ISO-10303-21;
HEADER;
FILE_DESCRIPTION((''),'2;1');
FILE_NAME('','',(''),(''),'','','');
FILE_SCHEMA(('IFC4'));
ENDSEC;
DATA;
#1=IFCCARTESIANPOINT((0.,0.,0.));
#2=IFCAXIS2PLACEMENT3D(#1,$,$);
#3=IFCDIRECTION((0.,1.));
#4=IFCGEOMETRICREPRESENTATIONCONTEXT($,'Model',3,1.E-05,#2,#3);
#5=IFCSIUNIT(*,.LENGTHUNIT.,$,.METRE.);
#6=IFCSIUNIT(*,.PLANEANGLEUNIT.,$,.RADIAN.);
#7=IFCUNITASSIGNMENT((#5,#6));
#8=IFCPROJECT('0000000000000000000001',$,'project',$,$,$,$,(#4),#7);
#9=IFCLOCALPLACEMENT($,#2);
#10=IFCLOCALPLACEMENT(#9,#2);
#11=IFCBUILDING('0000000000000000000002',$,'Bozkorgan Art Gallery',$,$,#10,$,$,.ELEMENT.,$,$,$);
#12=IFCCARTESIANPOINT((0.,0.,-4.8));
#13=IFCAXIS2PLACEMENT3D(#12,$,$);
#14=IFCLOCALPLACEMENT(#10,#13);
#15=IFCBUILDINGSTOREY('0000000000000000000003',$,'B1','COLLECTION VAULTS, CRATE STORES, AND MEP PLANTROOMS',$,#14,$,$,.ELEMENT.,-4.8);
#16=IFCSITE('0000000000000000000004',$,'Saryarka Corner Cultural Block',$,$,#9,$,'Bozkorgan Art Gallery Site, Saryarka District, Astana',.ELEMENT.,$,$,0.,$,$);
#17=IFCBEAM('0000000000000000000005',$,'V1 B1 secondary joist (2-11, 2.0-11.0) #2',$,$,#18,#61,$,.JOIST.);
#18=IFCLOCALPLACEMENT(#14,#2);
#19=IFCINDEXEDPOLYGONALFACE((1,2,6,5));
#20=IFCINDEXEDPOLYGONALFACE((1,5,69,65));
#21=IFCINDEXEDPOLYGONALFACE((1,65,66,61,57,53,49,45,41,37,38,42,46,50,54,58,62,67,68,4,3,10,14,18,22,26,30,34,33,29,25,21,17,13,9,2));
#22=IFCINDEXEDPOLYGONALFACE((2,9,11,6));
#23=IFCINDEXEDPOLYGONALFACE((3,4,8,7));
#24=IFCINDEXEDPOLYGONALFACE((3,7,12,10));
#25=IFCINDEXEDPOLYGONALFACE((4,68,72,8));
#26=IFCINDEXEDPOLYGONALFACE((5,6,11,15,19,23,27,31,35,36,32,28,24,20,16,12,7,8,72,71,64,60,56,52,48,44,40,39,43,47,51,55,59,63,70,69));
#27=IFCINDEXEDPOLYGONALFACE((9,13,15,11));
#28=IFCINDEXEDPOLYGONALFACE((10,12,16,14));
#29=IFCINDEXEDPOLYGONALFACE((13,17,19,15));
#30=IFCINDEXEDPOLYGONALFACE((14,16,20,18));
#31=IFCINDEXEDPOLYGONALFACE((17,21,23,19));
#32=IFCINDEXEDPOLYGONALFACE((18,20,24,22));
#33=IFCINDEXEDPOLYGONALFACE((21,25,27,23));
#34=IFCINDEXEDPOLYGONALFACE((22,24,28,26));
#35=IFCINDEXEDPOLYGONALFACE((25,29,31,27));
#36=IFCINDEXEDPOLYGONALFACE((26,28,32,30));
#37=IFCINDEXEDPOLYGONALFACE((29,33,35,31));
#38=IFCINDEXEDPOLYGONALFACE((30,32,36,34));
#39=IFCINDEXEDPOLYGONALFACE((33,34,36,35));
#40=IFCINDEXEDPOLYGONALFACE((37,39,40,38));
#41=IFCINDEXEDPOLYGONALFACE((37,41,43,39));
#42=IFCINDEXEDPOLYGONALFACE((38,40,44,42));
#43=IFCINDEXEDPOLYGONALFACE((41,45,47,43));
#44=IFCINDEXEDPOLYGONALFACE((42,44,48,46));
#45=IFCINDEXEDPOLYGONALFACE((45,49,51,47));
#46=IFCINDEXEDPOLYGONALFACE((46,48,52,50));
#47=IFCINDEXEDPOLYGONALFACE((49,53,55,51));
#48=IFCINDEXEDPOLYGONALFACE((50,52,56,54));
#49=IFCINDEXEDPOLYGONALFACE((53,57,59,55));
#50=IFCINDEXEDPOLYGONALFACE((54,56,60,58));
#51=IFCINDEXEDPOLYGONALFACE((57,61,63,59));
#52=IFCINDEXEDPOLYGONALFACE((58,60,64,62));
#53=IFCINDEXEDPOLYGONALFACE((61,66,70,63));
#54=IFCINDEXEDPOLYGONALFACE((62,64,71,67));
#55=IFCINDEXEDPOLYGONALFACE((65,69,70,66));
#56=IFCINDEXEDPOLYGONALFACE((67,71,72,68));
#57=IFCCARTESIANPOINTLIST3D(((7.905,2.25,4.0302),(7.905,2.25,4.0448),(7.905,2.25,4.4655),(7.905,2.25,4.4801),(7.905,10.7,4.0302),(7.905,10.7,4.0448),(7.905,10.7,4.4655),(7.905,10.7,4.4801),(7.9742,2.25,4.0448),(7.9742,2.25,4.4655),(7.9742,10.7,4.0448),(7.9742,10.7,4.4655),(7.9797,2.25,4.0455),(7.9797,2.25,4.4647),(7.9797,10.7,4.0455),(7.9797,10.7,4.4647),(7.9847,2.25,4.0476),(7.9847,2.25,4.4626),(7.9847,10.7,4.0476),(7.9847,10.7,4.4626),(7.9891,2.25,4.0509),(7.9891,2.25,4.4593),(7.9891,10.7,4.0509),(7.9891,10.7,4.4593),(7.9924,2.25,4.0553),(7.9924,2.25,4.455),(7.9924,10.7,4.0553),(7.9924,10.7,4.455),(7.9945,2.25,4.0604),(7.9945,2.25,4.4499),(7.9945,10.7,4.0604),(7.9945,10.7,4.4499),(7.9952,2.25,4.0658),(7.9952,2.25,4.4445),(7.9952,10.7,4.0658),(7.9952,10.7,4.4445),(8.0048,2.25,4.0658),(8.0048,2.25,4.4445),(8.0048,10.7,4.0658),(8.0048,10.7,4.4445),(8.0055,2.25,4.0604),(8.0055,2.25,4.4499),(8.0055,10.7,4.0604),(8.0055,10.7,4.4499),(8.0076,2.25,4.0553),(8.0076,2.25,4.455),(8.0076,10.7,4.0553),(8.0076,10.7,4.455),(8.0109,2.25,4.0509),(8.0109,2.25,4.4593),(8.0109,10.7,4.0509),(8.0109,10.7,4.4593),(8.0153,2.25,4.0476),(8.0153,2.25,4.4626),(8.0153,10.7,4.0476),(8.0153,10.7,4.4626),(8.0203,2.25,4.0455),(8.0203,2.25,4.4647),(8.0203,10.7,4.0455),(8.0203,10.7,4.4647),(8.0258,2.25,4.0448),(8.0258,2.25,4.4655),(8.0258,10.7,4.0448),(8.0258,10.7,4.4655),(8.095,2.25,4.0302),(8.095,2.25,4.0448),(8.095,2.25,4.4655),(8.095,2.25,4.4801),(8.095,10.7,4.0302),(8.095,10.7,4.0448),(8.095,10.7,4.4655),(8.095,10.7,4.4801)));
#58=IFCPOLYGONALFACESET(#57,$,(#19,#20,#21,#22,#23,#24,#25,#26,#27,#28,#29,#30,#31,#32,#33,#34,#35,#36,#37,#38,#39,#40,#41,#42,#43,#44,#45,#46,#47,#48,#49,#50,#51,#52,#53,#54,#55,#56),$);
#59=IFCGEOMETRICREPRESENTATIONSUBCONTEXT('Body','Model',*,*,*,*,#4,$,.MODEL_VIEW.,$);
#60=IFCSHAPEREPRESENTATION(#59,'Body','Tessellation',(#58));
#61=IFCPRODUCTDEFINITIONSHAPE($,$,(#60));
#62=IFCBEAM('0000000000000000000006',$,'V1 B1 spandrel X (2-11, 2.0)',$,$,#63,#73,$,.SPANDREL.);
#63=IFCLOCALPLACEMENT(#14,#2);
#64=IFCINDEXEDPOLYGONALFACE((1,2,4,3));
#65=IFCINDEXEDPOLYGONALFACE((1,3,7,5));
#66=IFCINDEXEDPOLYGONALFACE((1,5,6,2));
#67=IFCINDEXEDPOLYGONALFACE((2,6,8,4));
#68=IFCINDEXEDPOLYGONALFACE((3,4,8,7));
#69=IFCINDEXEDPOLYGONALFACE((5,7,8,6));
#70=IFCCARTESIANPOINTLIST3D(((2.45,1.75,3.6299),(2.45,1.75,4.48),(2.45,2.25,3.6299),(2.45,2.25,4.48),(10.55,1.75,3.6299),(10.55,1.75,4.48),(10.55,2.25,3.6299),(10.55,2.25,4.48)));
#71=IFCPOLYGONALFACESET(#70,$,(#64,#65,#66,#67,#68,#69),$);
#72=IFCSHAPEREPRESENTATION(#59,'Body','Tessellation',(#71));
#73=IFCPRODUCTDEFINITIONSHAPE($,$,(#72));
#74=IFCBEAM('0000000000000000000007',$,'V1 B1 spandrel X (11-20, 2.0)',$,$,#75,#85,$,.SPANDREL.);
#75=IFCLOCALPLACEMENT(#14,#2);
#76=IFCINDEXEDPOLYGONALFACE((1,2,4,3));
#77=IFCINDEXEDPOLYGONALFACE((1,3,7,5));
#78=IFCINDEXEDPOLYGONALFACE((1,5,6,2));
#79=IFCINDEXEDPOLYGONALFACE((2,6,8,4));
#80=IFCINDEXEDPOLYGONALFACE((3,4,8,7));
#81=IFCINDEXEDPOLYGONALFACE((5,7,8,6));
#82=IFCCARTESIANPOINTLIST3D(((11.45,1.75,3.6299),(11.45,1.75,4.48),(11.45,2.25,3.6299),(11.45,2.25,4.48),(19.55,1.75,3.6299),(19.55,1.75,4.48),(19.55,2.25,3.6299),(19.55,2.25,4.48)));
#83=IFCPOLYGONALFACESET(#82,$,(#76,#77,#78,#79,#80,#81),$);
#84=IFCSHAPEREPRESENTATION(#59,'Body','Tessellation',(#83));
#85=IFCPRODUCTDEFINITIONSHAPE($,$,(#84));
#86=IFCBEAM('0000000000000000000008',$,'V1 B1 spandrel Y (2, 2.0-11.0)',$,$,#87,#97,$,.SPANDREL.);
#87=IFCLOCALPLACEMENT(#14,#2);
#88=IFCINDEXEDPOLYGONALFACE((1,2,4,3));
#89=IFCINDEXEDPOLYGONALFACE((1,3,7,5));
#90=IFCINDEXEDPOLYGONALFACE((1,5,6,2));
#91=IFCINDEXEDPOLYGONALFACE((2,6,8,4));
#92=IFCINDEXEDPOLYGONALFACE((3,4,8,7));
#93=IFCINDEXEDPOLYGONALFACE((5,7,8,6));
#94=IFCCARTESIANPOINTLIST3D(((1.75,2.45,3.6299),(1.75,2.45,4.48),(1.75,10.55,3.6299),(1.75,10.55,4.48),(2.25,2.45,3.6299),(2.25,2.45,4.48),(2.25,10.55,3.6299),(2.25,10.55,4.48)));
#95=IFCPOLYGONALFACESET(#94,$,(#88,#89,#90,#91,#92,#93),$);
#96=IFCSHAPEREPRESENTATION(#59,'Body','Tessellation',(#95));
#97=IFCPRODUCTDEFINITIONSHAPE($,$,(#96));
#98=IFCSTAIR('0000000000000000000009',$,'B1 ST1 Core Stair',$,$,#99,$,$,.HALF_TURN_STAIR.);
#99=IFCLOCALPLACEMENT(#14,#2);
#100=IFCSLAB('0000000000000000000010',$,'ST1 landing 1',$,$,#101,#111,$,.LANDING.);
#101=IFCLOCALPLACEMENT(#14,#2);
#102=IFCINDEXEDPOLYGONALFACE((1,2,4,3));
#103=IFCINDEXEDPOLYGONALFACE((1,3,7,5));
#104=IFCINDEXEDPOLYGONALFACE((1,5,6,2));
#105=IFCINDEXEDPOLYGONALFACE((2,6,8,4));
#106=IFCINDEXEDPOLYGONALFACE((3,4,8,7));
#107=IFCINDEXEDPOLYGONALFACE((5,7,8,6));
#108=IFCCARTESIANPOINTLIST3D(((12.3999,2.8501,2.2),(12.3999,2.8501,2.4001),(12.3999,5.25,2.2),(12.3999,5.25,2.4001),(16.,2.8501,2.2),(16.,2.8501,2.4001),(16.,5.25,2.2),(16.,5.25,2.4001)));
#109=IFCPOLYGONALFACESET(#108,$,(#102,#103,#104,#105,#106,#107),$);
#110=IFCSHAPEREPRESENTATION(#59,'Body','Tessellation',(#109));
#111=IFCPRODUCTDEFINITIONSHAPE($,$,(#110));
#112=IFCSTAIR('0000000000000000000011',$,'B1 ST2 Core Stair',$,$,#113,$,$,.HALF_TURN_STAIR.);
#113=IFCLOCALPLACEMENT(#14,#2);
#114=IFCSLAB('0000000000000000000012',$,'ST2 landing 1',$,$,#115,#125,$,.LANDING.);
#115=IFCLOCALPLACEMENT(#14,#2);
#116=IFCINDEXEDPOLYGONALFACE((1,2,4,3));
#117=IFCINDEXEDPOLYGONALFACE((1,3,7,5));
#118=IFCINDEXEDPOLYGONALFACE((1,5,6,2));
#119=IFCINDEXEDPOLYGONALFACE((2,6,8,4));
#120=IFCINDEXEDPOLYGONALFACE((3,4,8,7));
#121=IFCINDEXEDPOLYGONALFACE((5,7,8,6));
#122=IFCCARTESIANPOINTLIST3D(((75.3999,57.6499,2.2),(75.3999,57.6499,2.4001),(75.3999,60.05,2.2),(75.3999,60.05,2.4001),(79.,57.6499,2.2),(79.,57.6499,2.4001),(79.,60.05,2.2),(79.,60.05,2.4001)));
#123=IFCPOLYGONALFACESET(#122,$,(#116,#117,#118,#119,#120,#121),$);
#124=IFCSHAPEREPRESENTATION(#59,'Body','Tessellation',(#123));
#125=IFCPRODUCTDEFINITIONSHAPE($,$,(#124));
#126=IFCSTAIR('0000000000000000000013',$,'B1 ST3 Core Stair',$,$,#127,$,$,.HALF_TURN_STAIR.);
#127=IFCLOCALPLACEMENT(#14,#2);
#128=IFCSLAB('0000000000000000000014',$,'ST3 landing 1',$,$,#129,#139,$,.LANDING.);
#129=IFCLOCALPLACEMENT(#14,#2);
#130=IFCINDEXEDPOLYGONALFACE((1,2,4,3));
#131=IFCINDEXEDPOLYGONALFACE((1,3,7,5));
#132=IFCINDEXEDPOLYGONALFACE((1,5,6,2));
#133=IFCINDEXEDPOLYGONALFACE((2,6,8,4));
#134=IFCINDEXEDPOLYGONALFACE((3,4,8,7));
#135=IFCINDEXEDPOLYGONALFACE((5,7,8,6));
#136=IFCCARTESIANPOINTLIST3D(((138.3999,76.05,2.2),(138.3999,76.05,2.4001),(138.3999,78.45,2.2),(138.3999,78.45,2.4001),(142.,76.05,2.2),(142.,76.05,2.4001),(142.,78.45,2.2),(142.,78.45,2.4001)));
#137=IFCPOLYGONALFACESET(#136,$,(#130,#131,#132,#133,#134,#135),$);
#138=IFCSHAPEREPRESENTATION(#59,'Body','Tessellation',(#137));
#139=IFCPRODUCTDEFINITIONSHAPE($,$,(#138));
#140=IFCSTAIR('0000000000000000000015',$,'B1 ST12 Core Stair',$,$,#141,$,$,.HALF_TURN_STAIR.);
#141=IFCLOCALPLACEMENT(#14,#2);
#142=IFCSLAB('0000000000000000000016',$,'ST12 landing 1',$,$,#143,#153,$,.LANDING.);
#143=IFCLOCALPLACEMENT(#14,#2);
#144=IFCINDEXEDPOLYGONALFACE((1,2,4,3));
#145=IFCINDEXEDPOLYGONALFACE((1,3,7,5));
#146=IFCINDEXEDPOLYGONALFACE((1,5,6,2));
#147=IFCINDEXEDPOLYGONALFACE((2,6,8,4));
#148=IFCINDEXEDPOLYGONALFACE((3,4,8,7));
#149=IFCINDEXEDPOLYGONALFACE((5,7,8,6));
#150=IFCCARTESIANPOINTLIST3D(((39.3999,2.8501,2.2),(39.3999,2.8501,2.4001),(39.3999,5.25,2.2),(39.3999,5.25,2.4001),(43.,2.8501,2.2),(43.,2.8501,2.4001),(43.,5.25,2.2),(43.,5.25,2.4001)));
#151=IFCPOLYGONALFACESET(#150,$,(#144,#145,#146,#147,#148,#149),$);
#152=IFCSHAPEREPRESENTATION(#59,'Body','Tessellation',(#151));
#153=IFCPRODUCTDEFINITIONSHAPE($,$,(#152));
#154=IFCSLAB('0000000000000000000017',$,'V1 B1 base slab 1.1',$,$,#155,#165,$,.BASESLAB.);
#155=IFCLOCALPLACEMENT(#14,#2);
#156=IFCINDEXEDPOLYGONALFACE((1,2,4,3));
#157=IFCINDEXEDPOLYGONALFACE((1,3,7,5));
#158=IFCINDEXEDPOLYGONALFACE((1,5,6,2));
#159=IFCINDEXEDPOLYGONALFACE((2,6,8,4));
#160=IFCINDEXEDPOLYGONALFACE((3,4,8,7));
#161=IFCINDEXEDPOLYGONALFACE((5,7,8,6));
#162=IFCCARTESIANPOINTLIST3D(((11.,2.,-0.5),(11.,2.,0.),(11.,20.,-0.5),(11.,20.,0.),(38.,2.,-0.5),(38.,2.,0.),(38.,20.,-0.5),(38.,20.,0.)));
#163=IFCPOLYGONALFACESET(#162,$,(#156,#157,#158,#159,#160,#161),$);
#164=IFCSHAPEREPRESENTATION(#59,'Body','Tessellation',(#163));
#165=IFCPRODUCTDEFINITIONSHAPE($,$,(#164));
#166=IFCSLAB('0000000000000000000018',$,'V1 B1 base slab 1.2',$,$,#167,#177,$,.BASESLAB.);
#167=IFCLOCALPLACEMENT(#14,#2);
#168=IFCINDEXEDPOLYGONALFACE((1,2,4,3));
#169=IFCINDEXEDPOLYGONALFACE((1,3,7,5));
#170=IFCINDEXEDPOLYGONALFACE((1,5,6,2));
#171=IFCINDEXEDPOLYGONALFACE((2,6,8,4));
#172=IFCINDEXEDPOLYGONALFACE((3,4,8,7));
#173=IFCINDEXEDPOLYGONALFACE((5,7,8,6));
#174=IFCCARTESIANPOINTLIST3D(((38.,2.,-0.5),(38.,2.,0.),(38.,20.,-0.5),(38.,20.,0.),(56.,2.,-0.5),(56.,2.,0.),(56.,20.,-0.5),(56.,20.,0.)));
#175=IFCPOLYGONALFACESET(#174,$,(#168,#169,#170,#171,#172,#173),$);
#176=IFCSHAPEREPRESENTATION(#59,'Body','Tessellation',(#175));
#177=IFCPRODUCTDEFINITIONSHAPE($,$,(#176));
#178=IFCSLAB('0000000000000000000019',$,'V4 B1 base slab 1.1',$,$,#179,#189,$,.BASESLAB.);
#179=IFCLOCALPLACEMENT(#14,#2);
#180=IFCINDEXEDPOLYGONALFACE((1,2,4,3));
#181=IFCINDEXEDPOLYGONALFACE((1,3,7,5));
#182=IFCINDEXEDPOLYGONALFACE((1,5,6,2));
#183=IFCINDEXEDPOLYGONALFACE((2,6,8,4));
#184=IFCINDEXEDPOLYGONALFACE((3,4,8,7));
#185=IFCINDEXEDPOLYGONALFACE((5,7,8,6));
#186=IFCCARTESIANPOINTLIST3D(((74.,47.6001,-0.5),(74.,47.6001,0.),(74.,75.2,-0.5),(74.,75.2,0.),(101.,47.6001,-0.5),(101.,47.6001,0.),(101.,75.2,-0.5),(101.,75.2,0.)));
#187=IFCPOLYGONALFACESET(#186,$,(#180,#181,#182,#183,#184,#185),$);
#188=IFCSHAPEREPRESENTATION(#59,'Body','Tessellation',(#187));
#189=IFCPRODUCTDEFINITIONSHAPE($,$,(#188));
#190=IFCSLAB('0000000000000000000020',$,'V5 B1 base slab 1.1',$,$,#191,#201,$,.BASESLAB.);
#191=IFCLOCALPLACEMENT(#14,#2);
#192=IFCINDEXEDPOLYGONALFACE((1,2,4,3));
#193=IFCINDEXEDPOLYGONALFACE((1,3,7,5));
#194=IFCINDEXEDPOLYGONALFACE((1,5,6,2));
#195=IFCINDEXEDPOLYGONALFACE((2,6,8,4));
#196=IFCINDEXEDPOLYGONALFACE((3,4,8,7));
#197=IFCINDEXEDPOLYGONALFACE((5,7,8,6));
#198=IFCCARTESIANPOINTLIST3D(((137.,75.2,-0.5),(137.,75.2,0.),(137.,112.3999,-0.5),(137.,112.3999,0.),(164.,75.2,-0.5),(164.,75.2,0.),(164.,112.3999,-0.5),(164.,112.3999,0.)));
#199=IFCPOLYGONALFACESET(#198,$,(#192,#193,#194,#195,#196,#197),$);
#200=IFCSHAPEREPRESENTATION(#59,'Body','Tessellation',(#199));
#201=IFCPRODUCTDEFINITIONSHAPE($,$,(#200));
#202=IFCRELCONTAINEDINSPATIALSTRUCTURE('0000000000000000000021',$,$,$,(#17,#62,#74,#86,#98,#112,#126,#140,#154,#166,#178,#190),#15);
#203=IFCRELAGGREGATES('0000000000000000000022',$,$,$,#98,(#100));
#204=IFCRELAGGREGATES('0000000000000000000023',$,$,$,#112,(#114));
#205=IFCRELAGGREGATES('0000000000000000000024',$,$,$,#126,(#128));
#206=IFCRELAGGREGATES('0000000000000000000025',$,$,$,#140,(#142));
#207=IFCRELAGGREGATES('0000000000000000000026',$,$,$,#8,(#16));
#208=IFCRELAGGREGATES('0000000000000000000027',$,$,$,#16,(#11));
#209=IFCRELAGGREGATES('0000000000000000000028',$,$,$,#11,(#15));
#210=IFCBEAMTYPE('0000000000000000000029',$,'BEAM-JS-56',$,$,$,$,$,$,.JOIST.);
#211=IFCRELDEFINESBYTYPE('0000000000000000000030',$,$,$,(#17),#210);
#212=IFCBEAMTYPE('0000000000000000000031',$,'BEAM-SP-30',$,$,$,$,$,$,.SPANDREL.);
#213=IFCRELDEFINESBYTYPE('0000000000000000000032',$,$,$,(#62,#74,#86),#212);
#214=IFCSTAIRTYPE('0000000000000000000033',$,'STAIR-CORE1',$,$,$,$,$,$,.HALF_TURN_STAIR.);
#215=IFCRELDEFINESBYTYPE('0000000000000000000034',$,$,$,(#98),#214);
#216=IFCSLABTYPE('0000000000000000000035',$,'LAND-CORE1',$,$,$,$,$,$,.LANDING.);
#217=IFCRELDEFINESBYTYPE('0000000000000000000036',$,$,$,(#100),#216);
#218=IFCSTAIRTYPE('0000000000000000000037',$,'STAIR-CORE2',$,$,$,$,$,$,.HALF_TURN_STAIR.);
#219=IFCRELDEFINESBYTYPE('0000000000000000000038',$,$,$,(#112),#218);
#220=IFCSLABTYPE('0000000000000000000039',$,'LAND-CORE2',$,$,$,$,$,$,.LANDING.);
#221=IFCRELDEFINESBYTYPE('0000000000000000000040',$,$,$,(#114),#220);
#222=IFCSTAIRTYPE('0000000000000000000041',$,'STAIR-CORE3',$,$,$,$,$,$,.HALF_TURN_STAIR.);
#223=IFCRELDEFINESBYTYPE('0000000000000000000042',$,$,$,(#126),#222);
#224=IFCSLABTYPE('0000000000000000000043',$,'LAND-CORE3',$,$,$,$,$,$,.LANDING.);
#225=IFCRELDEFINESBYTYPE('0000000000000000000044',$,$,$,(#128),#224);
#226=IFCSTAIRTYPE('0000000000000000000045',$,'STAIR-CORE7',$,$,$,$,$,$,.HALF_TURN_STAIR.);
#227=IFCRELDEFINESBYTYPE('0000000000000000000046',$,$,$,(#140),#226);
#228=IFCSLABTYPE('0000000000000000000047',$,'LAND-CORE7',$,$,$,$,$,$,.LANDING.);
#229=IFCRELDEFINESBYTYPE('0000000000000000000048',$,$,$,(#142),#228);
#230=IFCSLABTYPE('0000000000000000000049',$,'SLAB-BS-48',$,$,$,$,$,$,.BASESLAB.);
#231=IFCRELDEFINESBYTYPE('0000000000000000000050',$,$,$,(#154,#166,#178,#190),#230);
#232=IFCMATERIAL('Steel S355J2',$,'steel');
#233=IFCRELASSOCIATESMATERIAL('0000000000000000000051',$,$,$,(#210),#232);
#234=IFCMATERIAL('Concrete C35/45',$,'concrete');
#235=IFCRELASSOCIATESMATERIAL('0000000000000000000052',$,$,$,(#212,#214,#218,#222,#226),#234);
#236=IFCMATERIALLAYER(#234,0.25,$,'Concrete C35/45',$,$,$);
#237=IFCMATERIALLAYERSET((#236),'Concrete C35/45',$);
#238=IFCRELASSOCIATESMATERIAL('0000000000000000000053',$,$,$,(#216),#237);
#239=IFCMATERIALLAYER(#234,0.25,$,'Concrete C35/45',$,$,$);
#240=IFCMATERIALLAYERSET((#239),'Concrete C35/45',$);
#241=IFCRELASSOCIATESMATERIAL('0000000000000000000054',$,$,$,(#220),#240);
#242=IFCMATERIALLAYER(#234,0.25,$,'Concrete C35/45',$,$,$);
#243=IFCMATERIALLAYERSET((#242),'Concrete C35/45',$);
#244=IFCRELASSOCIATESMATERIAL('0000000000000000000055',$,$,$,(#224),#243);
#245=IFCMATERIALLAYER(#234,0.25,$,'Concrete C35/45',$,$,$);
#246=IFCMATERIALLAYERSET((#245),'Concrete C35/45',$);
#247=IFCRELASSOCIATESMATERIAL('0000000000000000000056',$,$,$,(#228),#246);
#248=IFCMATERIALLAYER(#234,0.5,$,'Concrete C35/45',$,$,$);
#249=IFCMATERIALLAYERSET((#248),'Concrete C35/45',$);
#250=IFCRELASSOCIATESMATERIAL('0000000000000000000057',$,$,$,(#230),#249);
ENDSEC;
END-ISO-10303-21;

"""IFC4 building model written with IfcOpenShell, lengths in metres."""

from ifc_helpers import new_model, si_unit, direction, frame, origin, origin_2d, place, context, subcontext, project, spatial, polyline, rectangle, i_section, outline, extrude, material, layer, layer_set, material_profile, profile_set, type_object, element, aggregate, save


model = new_model("IFC4")

# Units and contexts
model_context = context("Model", 3, precision=1e-05, world=origin(), true_north=direction((0.0, 1.0)))
body_context = subcontext(model_context, "Body", "Model", "MODEL_VIEW")
ifc_project = project(units=[si_unit("LENGTHUNIT", "METRE"), si_unit("PLANEANGLEUNIT", "RADIAN")], contexts=[model_context])

# Site, building, storey
site_placement = place(None, origin())
site = spatial("IfcSite", under=ifc_project, at=site_placement, Name="Saryarka Corner Cultural Block", LongName="Bozkorgan Art Gallery Site, Saryarka District, Astana", CompositionType="ELEMENT", RefElevation=0.0)
building_placement = place(site_placement, origin())
building = spatial("IfcBuilding", under=site, at=building_placement, Name="Bozkorgan Art Gallery", CompositionType="ELEMENT")
storey_placement = place(building_placement, frame((0.0, 0.0, -4.8)))
storey = spatial("IfcBuildingStorey", under=building, at=storey_placement, Name="B1", Description="COLLECTION VAULTS, CRATE STORES, AND MEP PLANTROOMS", CompositionType="ELEMENT", Elevation=-4.8)

# Beams
ifc_material_1 = material(Name="Concrete C35/45", Category="concrete")
ifc_material_2 = material(Name="Steel S355J2", Category="steel")
ifc_material_profile_1 = material_profile(ifc_material_2, i_section(OverallWidth=0.1899, OverallDepth=0.45, WebThickness=0.0095, FlangeThickness=0.0146, FilletRadius=0.021, at=origin_2d()), Name="IPE 450")
ifc_profile_set_1 = profile_set([ifc_material_profile_1], Name="Steel S355J2")
beam_type_1 = type_object("IfcBeamType", Name="BEAM-JS-56", PredefinedType="JOIST", material=ifc_profile_set_1)
for number, where, z_axis, x_axis, name in (
    (1, (8.0, 2.25, 4.2551), (0.0, 1.0, 0.0), (-1.0, 0.0, 0.0), "V1 B1 secondary joist (2-11, 2.0-11.0) #2"),
):
    element("IfcBeam", number, at=place(storey_placement, frame(where, z_axis=z_axis, x_axis=x_axis)), inside=storey, type_object=beam_type_1, Name=name, PredefinedType="JOIST", context=body_context, shape_type="SweptSolid", body=[
        extrude(i_section(OverallWidth=0.1899, OverallDepth=0.45, WebThickness=0.0095, FlangeThickness=0.0146, FilletRadius=0.021, at=origin_2d()), origin(), (0.0, 0.0, 1.0), 8.45),
    ])
ifc_material_profile_2 = material_profile(ifc_material_1, rectangle(XDim=0.5, YDim=0.8501, at=origin_2d()), Name="RC 500x850")
ifc_profile_set_2 = profile_set([ifc_material_profile_2], Name="Concrete C35/45")
beam_type_2 = type_object("IfcBeamType", Name="BEAM-SP-30", PredefinedType="SPANDREL", material=ifc_profile_set_2)
for number, where, z_axis, x_axis, name in (
    (2, (2.45, 2.0, 4.0549), (1.0, 0.0, 0.0), (0.0, 1.0, 0.0), "V1 B1 spandrel X (2-11, 2.0)"),
    (3, (11.45, 2.0, 4.0549), (1.0, 0.0, 0.0), (0.0, 1.0, 0.0), "V1 B1 spandrel X (11-20, 2.0)"),
    (4, (2.0, 2.45, 4.0549), (0.0, 1.0, 0.0), (-1.0, 0.0, 0.0), "V1 B1 spandrel Y (2, 2.0-11.0)"),
):
    element("IfcBeam", number, at=place(storey_placement, frame(where, z_axis=z_axis, x_axis=x_axis)), inside=storey, type_object=beam_type_2, Name=name, PredefinedType="SPANDREL", context=body_context, shape_type="SweptSolid", body=[
        extrude(rectangle(XDim=0.5, YDim=0.8501, at=origin_2d()), origin(), (0.0, 0.0, 1.0), 8.1001),
    ])

# Stairs, slabs
stair_type_1 = type_object("IfcStairType", Name="STAIR-CORE1", PredefinedType="HALF_TURN_STAIR", material=ifc_material_1)
stair_1_placement = place(storey_placement, origin())
stair_1 = element("IfcStair", 5, at=stair_1_placement, inside=storey, type_object=stair_type_1, Name="B1 ST1 Core Stair", PredefinedType="HALF_TURN_STAIR")
ifc_layer_1 = layer(ifc_material_1, 0.25, Name="Concrete C35/45")
ifc_layer_set_1 = layer_set([ifc_layer_1], Name="Concrete C35/45")
slab_type_1 = type_object("IfcSlabType", Name="LAND-CORE1", PredefinedType="LANDING", material=ifc_layer_set_1)
slab_1_placement = place(storey_placement, frame((0.0, 0.0, 2.2)))
slab_1 = element("IfcSlab", 6, at=slab_1_placement, type_object=slab_type_1, Name="ST1 landing 1", PredefinedType="LANDING", context=body_context, shape_type="SweptSolid", body=[
    extrude(outline(polyline([(12.3999, 5.25), (12.3999, 2.8501), (16.0, 2.8501), (16.0, 5.25), (12.3999, 5.25)])), origin(), (0.0, 0.0, 1.0), 0.2002),
])
aggregate(stair_1, [slab_1])
stair_type_2 = type_object("IfcStairType", Name="STAIR-CORE2", PredefinedType="HALF_TURN_STAIR", material=ifc_material_1)
stair_2_placement = place(storey_placement, origin())
stair_2 = element("IfcStair", 7, at=stair_2_placement, inside=storey, type_object=stair_type_2, Name="B1 ST2 Core Stair", PredefinedType="HALF_TURN_STAIR")
ifc_layer_2 = layer(ifc_material_1, 0.25, Name="Concrete C35/45")
ifc_layer_set_2 = layer_set([ifc_layer_2], Name="Concrete C35/45")
slab_type_2 = type_object("IfcSlabType", Name="LAND-CORE2", PredefinedType="LANDING", material=ifc_layer_set_2)
slab_2_placement = place(storey_placement, frame((0.0, 0.0, 2.2)))
slab_2 = element("IfcSlab", 8, at=slab_2_placement, type_object=slab_type_2, Name="ST2 landing 1", PredefinedType="LANDING", context=body_context, shape_type="SweptSolid", body=[
    extrude(outline(polyline([(75.3999, 60.05), (75.3999, 57.6499), (79.0, 57.6499), (79.0, 60.05), (75.3999, 60.05)])), origin(), (0.0, 0.0, 1.0), 0.2002),
])
aggregate(stair_2, [slab_2])
stair_type_3 = type_object("IfcStairType", Name="STAIR-CORE3", PredefinedType="HALF_TURN_STAIR", material=ifc_material_1)
stair_3_placement = place(storey_placement, origin())
stair_3 = element("IfcStair", 9, at=stair_3_placement, inside=storey, type_object=stair_type_3, Name="B1 ST3 Core Stair", PredefinedType="HALF_TURN_STAIR")
ifc_layer_3 = layer(ifc_material_1, 0.25, Name="Concrete C35/45")
ifc_layer_set_3 = layer_set([ifc_layer_3], Name="Concrete C35/45")
slab_type_3 = type_object("IfcSlabType", Name="LAND-CORE3", PredefinedType="LANDING", material=ifc_layer_set_3)
slab_3_placement = place(storey_placement, frame((0.0, 0.0, 2.2)))
slab_3 = element("IfcSlab", 10, at=slab_3_placement, type_object=slab_type_3, Name="ST3 landing 1", PredefinedType="LANDING", context=body_context, shape_type="SweptSolid", body=[
    extrude(outline(polyline([(138.3999, 78.45), (138.3999, 76.05), (142.0, 76.05), (142.0, 78.45), (138.3999, 78.45)])), origin(), (0.0, 0.0, 1.0), 0.2002),
])
aggregate(stair_3, [slab_3])
stair_type_4 = type_object("IfcStairType", Name="STAIR-CORE7", PredefinedType="HALF_TURN_STAIR", material=ifc_material_1)
stair_4_placement = place(storey_placement, origin())
stair_4 = element("IfcStair", 11, at=stair_4_placement, inside=storey, type_object=stair_type_4, Name="B1 ST12 Core Stair", PredefinedType="HALF_TURN_STAIR")
ifc_layer_4 = layer(ifc_material_1, 0.25, Name="Concrete C35/45")
ifc_layer_set_4 = layer_set([ifc_layer_4], Name="Concrete C35/45")
slab_type_4 = type_object("IfcSlabType", Name="LAND-CORE7", PredefinedType="LANDING", material=ifc_layer_set_4)
slab_4_placement = place(storey_placement, frame((0.0, 0.0, 2.2)))
slab_4 = element("IfcSlab", 12, at=slab_4_placement, type_object=slab_type_4, Name="ST12 landing 1", PredefinedType="LANDING", context=body_context, shape_type="SweptSolid", body=[
    extrude(outline(polyline([(39.3999, 5.25), (39.3999, 2.8501), (43.0, 2.8501), (43.0, 5.25), (39.3999, 5.25)])), origin(), (0.0, 0.0, 1.0), 0.2002),
])
aggregate(stair_4, [slab_4])

# Slabs
ifc_layer_5 = layer(ifc_material_1, 0.5, Name="Concrete C35/45")
ifc_layer_set_5 = layer_set([ifc_layer_5], Name="Concrete C35/45")
slab_type_5 = type_object("IfcSlabType", Name="SLAB-BS-48", PredefinedType="BASESLAB", material=ifc_layer_set_5)
slab_5_placement = place(storey_placement, frame((0.0, 0.0, -0.5)))
element("IfcSlab", 13, at=slab_5_placement, inside=storey, type_object=slab_type_5, Name="V1 B1 base slab 1.1", PredefinedType="BASESLAB", context=body_context, shape_type="SweptSolid", body=[
    extrude(outline(polyline([(11.0, 2.0), (38.0, 2.0), (38.0, 20.0), (11.0, 20.0), (11.0, 2.0)])), origin(), (0.0, 0.0, 1.0), 0.5),
])
slab_6_placement = place(storey_placement, frame((0.0, 0.0, -0.5)))
element("IfcSlab", 14, at=slab_6_placement, inside=storey, type_object=slab_type_5, Name="V1 B1 base slab 1.2", PredefinedType="BASESLAB", context=body_context, shape_type="SweptSolid", body=[
    extrude(outline(polyline([(38.0, 2.0), (56.0, 2.0), (56.0, 20.0), (38.0, 20.0), (38.0, 2.0)])), origin(), (0.0, 0.0, 1.0), 0.5),
])
slab_7_placement = place(storey_placement, frame((0.0, 0.0, -0.5)))
element("IfcSlab", 15, at=slab_7_placement, inside=storey, type_object=slab_type_5, Name="V4 B1 base slab 1.1", PredefinedType="BASESLAB", context=body_context, shape_type="SweptSolid", body=[
    extrude(outline(polyline([(74.0, 47.6001), (101.0, 47.6001), (101.0, 75.2), (74.0, 75.2), (74.0, 47.6001)])), origin(), (0.0, 0.0, 1.0), 0.5),
])
slab_8_placement = place(storey_placement, frame((0.0, 0.0, -0.5)))
element("IfcSlab", 16, at=slab_8_placement, inside=storey, type_object=slab_type_5, Name="V5 B1 base slab 1.1", PredefinedType="BASESLAB", context=body_context, shape_type="SweptSolid", body=[
    extrude(outline(polyline([(137.0, 75.2), (164.0, 75.2), (164.0, 112.3999), (137.0, 112.3999), (137.0, 75.2)])), origin(), (0.0, 0.0, 1.0), 0.5),
])

save(model, "model.ifc")
